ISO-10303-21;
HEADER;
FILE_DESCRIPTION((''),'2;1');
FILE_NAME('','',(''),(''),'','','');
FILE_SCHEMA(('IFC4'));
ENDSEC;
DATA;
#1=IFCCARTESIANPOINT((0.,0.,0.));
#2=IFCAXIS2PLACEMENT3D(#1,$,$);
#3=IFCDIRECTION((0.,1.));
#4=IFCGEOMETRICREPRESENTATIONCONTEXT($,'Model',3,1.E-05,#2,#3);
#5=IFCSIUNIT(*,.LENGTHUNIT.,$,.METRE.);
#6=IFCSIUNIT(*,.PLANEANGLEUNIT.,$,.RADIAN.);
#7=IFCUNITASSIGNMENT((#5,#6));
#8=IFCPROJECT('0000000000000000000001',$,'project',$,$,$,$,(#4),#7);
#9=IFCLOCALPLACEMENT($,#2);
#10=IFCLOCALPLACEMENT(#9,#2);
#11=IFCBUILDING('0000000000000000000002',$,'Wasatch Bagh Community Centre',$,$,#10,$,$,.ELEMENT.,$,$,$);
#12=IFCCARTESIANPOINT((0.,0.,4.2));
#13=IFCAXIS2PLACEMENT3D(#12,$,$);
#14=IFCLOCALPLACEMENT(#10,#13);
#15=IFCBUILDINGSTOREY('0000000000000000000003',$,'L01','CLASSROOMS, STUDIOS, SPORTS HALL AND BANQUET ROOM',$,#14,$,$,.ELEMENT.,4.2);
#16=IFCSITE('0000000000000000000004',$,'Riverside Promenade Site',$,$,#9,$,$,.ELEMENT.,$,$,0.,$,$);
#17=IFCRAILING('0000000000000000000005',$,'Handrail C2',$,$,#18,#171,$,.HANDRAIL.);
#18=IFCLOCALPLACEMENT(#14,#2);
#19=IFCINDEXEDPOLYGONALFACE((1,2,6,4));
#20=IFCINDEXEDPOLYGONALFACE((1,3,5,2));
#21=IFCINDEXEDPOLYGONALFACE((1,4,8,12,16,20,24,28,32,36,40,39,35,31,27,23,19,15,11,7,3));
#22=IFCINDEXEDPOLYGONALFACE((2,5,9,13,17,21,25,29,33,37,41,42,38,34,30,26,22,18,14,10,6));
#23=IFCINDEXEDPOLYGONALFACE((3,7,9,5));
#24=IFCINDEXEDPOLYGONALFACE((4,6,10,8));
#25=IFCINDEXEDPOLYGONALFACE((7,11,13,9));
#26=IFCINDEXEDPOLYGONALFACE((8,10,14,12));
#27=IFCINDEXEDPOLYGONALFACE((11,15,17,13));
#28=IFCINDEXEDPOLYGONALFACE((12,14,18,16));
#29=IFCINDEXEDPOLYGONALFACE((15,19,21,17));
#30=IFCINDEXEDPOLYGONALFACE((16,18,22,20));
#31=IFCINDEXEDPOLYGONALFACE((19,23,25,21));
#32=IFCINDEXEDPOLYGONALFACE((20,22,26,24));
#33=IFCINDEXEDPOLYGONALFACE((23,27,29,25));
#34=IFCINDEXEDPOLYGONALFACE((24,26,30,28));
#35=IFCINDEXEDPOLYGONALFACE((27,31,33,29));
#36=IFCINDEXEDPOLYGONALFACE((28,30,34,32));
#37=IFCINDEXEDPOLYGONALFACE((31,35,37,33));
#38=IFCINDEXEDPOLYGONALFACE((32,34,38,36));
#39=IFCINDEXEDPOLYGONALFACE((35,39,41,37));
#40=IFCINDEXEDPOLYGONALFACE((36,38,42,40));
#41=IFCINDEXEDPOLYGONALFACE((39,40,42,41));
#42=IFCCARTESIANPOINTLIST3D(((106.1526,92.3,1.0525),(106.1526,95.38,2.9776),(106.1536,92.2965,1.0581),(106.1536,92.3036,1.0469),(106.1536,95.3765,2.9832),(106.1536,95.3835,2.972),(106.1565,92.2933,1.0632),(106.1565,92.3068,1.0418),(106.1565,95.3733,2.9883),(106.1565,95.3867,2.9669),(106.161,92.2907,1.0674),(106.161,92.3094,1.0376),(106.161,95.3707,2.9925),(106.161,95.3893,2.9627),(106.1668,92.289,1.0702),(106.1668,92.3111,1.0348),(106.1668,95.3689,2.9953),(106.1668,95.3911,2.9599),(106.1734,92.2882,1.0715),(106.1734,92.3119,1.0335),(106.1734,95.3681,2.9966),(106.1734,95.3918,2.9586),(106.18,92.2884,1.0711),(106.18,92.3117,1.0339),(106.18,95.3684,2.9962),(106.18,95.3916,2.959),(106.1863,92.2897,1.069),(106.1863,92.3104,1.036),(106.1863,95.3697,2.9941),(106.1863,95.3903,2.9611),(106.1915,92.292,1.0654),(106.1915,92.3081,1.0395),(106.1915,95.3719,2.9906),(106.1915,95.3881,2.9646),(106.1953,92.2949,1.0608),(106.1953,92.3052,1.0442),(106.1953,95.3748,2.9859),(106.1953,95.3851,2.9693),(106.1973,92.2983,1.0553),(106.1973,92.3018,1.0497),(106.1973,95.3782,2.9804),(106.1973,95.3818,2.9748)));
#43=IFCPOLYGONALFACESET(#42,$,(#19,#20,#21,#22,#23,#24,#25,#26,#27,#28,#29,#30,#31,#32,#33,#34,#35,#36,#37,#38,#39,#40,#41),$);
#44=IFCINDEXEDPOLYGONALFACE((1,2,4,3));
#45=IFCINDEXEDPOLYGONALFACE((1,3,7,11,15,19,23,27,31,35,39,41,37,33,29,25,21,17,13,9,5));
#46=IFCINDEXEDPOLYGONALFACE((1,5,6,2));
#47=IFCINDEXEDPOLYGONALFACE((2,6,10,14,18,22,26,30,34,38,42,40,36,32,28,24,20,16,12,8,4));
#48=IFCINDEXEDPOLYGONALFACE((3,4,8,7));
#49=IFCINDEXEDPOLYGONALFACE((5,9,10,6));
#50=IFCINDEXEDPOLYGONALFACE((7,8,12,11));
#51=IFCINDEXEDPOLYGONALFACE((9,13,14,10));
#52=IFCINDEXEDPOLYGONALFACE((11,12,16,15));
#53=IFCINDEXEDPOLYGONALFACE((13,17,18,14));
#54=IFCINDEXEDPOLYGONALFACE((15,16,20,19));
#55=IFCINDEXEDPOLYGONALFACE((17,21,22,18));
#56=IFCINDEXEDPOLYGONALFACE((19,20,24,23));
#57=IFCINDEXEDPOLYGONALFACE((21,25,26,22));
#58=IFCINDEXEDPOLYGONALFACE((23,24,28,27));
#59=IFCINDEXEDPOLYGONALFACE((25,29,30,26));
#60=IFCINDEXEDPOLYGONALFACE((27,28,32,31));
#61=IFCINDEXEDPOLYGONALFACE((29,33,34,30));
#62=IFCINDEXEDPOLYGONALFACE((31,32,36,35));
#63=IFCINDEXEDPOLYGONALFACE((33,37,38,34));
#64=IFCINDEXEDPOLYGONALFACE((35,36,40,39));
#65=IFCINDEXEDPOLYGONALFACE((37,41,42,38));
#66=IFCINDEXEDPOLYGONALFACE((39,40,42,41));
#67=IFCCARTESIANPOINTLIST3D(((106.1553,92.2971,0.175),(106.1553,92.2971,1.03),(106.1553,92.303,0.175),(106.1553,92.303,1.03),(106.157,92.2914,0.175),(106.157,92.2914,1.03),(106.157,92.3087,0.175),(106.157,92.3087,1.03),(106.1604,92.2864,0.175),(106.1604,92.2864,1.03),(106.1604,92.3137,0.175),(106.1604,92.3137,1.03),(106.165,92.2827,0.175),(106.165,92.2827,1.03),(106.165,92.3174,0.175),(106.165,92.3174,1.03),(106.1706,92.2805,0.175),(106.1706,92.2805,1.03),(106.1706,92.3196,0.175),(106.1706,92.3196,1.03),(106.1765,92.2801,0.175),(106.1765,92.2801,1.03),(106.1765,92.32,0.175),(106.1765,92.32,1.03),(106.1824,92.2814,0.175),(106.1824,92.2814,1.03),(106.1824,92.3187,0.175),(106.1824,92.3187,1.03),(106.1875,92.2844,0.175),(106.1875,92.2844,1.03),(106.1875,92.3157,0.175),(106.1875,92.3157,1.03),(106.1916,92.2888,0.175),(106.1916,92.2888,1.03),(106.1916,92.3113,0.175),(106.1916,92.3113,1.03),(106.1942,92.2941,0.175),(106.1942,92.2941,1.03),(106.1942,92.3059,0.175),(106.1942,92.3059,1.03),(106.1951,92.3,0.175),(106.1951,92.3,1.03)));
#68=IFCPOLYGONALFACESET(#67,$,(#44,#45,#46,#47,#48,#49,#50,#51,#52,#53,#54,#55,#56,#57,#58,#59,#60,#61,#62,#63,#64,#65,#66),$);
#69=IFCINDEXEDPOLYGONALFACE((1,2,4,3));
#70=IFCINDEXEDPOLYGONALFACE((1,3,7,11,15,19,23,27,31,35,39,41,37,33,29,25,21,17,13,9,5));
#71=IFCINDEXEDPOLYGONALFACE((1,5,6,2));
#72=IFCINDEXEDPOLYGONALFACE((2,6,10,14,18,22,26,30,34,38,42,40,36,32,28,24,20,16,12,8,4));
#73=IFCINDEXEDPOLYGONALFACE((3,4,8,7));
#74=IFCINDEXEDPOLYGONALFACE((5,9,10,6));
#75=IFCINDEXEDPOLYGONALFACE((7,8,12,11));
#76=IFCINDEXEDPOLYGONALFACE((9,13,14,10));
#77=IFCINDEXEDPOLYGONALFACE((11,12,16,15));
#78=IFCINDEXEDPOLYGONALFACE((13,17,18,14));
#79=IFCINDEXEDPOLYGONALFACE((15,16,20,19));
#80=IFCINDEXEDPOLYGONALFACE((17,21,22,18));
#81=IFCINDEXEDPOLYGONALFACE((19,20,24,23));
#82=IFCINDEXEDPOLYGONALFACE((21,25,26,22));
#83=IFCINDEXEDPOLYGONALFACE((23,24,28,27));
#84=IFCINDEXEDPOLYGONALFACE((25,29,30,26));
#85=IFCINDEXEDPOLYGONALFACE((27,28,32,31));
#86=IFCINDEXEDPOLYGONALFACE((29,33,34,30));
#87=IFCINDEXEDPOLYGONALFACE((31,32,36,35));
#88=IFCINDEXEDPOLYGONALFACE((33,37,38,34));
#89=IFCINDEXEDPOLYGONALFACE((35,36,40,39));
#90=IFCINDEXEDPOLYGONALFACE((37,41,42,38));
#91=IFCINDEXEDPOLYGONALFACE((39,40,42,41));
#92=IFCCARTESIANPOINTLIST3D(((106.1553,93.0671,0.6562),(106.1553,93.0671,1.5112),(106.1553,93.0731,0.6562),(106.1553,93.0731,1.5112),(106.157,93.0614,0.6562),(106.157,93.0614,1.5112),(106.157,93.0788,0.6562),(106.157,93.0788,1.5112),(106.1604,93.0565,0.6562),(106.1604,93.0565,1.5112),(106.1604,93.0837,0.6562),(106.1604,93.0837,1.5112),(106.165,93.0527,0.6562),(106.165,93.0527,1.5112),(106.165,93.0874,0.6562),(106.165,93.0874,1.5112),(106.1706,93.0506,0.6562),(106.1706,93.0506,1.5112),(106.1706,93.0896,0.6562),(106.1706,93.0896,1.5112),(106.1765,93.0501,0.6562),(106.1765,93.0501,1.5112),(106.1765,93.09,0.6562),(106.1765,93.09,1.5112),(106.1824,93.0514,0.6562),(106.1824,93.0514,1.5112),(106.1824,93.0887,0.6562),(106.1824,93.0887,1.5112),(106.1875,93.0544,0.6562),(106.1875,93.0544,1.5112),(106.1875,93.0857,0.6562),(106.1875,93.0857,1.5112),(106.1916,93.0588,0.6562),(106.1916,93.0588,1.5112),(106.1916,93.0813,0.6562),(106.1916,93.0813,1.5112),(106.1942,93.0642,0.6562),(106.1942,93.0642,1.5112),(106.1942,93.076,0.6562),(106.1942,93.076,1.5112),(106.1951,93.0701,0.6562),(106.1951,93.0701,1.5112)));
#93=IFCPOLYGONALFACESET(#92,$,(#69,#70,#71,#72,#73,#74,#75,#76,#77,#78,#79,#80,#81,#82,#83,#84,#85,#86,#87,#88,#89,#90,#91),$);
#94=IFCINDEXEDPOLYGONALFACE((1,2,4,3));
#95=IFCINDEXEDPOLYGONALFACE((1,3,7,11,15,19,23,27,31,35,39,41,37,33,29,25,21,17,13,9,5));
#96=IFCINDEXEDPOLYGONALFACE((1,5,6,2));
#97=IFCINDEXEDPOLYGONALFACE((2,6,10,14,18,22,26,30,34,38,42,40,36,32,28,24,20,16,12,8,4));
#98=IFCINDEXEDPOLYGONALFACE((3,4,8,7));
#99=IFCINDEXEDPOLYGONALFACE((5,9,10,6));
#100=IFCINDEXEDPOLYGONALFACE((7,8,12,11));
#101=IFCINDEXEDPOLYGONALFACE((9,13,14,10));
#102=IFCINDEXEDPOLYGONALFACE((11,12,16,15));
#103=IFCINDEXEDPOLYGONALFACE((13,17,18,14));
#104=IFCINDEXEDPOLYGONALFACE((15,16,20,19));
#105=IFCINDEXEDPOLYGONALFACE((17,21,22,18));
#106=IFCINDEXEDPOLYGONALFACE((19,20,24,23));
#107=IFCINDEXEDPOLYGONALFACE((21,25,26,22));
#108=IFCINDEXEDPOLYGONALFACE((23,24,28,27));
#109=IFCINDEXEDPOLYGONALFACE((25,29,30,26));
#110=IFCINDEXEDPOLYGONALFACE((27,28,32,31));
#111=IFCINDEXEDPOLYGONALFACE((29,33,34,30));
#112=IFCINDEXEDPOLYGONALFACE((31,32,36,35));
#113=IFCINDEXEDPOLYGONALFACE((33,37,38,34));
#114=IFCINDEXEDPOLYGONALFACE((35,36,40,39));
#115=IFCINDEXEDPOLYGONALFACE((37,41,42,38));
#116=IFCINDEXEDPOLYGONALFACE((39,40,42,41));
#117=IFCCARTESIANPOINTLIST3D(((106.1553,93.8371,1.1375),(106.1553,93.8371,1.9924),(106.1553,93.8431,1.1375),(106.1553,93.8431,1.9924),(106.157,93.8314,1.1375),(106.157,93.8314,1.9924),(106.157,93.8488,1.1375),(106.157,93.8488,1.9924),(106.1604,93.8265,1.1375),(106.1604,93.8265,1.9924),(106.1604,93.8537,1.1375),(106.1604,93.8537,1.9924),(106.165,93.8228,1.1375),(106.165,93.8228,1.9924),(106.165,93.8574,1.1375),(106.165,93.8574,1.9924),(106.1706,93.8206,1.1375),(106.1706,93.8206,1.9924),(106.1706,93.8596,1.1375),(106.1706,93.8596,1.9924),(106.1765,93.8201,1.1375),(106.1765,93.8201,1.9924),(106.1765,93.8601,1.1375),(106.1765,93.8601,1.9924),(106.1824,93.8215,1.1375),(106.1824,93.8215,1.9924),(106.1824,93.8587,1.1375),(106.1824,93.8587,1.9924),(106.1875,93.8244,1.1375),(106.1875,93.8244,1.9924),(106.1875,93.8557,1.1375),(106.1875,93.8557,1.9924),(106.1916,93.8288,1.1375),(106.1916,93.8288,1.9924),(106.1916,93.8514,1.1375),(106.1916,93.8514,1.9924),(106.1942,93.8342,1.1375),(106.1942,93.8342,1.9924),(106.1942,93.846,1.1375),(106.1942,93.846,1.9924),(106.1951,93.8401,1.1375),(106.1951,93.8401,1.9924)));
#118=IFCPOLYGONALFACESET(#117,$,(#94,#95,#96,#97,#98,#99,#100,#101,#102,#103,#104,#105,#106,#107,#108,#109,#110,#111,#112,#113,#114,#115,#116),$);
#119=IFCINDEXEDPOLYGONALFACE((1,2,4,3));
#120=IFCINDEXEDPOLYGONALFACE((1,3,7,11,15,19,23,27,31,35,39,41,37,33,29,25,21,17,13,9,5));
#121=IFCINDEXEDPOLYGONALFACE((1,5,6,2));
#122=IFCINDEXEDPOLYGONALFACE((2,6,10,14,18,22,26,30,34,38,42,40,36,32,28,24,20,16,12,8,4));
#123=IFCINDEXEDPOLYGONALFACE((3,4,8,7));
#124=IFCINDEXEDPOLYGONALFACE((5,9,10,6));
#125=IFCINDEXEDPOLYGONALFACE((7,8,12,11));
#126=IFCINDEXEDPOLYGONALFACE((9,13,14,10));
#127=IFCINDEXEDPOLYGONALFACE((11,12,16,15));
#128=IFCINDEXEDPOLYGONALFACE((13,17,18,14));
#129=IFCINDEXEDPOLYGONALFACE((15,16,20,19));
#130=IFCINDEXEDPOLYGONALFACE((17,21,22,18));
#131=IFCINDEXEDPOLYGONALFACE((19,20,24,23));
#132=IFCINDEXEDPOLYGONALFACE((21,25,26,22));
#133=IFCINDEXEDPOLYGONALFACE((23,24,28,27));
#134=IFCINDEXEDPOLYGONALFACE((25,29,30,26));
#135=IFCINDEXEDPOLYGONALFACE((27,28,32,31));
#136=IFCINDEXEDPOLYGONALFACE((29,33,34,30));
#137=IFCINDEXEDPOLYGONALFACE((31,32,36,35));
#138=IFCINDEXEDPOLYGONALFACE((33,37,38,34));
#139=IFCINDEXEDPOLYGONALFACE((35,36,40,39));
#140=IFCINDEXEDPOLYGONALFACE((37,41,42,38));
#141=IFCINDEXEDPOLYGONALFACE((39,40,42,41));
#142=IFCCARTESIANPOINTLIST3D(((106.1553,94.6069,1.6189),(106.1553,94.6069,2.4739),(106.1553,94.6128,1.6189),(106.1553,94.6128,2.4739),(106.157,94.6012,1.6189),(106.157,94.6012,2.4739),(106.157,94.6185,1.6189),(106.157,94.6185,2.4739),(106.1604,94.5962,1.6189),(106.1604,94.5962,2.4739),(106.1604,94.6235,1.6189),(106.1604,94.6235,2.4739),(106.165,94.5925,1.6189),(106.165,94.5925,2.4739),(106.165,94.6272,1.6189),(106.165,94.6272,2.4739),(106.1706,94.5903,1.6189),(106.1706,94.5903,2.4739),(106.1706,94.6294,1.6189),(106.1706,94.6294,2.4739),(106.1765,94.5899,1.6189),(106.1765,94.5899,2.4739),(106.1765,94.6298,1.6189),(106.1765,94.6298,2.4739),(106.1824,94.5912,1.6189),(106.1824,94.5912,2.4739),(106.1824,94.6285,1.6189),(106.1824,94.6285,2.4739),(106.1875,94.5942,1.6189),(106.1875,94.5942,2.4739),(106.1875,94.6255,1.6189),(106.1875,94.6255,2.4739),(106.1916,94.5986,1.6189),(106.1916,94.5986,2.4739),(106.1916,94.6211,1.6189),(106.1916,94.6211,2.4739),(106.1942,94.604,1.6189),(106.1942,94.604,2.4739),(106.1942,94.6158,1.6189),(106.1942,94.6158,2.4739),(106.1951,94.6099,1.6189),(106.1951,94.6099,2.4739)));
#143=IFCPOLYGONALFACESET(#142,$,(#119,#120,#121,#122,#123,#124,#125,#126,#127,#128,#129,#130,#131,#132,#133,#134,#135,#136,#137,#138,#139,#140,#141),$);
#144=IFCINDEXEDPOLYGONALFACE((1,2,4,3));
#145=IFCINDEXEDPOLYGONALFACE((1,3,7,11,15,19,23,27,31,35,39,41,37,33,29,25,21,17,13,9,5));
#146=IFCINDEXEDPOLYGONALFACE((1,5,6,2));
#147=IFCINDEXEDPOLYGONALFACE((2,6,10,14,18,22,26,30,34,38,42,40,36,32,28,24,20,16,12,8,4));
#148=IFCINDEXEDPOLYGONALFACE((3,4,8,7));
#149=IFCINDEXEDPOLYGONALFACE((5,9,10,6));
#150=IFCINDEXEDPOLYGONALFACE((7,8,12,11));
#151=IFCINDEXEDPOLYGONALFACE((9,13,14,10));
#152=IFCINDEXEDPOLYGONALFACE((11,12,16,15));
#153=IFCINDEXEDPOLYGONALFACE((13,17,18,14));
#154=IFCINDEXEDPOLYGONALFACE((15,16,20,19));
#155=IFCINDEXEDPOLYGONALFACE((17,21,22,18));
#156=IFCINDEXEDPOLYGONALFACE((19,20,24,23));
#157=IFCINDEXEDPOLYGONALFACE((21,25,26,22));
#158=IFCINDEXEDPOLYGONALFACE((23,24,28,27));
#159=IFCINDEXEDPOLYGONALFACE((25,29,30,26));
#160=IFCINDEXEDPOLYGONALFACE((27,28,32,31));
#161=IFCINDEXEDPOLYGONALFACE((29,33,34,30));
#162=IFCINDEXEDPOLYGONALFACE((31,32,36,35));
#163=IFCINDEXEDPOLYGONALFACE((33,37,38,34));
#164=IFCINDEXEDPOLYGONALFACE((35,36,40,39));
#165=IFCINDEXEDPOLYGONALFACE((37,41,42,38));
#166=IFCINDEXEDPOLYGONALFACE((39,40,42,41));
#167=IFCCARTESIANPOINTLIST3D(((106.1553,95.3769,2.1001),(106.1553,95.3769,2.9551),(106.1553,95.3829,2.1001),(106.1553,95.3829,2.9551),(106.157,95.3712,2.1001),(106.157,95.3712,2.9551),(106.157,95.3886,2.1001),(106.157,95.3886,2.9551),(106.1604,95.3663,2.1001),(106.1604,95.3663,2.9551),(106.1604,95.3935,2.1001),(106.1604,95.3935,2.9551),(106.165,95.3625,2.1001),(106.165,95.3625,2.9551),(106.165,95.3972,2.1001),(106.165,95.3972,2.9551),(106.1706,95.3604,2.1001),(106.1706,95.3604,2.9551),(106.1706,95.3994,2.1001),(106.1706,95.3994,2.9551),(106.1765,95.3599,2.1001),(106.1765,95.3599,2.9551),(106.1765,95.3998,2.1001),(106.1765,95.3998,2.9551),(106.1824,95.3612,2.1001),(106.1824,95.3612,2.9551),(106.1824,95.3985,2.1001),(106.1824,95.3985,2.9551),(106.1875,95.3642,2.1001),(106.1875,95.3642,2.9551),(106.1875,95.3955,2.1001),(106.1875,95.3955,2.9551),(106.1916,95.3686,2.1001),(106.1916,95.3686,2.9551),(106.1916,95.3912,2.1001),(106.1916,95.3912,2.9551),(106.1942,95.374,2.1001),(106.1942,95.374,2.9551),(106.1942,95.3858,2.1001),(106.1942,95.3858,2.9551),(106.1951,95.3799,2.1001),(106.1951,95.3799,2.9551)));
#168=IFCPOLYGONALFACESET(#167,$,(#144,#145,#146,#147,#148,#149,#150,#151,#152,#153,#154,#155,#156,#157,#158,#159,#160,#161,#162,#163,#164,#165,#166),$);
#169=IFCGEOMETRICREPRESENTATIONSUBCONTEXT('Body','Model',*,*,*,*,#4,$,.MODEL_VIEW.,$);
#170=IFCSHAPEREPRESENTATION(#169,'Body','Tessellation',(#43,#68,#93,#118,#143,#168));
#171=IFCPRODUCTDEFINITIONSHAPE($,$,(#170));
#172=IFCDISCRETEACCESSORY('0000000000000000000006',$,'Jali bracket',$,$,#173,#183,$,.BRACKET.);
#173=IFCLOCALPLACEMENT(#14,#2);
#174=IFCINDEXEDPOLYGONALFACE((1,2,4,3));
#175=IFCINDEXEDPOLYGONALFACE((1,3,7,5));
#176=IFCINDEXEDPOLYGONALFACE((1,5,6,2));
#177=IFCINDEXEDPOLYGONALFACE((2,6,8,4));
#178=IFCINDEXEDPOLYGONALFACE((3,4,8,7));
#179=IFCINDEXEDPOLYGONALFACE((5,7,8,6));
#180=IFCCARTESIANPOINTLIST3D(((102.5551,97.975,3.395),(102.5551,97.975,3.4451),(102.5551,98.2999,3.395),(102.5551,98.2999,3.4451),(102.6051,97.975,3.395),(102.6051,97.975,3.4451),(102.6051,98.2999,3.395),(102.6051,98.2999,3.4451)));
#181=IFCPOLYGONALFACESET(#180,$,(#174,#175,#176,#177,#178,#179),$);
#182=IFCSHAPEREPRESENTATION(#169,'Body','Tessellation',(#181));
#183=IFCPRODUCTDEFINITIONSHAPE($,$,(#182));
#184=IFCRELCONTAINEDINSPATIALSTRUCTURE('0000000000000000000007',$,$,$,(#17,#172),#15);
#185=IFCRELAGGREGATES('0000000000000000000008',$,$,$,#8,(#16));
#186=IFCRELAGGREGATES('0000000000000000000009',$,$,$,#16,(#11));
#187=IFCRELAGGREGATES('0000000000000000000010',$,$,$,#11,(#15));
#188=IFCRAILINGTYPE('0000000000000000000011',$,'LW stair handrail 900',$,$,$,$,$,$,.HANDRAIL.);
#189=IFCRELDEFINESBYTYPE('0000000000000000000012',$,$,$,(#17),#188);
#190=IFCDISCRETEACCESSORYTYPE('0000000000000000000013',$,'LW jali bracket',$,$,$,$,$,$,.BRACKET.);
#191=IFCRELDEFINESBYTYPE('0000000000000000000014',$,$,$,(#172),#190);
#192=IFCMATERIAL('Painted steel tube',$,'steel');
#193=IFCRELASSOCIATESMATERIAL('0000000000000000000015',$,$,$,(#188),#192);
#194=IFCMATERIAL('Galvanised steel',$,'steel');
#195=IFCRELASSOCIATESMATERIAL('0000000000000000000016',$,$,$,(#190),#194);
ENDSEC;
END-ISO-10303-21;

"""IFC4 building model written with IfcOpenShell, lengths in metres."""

from ifc_helpers import new_model, si_unit, direction, frame, origin, origin_2d, place, context, subcontext, project, spatial, rectangle, circle, extrude, material, type_object, element, save


model = new_model("IFC4")

# Units and contexts
model_context = context("Model", 3, precision=1e-05, world=origin(), true_north=direction((0.0, 1.0)))
body_context = subcontext(model_context, "Body", "Model", "MODEL_VIEW")
ifc_project = project(units=[si_unit("LENGTHUNIT", "METRE"), si_unit("PLANEANGLEUNIT", "RADIAN")], contexts=[model_context])

# Site, building, storey
site_placement = place(None, origin())
site = spatial("IfcSite", under=ifc_project, at=site_placement, Name="Riverside Promenade Site", CompositionType="ELEMENT", RefElevation=0.0)
building_placement = place(site_placement, origin())
building = spatial("IfcBuilding", under=site, at=building_placement, Name="Wasatch Bagh Community Centre", CompositionType="ELEMENT")
storey_placement = place(building_placement, frame((0.0, 0.0, 4.2)))
storey = spatial("IfcBuildingStorey", under=building, at=storey_placement, Name="L01", Description="CLASSROOMS, STUDIOS, SPORTS HALL AND BANQUET ROOM", CompositionType="ELEMENT", Elevation=4.2)

# Railing
ifc_material_1 = material(Name="Painted steel tube", Category="steel")
railing_type_1 = type_object("IfcRailingType", Name="LW stair handrail 900", PredefinedType="HANDRAIL", material=ifc_material_1)
railing_1_placement = place(storey_placement, frame((106.175, 92.3, 0.175)))
element("IfcRailing", 1, at=railing_1_placement, inside=storey, type_object=railing_type_1, Name="Handrail C2", PredefinedType="HANDRAIL", context=body_context, shape_type="SweptSolid", body=[
    extrude(circle(Radius=0.0225, at=origin_2d()), frame((0.0, 0.0, 0.8774), z_axis=(0.0, 0.847979, 0.530029), x_axis=(-1.0, 0.0, 0.0)), (0.0, 0.0, 1.0), 3.6321),
    extrude(circle(Radius=0.02, at=origin_2d()), origin(), (0.0, 0.0, 1.0), 0.855),
    extrude(circle(Radius=0.02, at=origin_2d()), frame((0.0, 0.77, 0.4812)), (0.0, 0.0, 1.0), 0.855),
    extrude(circle(Radius=0.02, at=origin_2d()), frame((0.0, 1.54, 0.9624)), (0.0, 0.0, 1.0), 0.855),
    extrude(circle(Radius=0.02, at=origin_2d()), frame((0.0, 2.3098, 1.4438)), (0.0, 0.0, 1.0), 0.855),
    extrude(circle(Radius=0.02, at=origin_2d()), frame((0.0, 3.0798, 1.925)), (0.0, 0.0, 1.0), 0.855),
])

# Discrete accessory
ifc_material_2 = material(Name="Galvanised steel", Category="steel")
discrete_accessory_type = type_object("IfcDiscreteAccessoryType", Name="LW jali bracket", PredefinedType="BRACKET", material=ifc_material_2)
discrete_accessory_placement = place(storey_placement, frame((102.5801, 98.1375, 3.395), z_axis=(0.0, 0.0, 1.0), x_axis=(1.0, 0.0, 0.0)))
element("IfcDiscreteAccessory", 2, at=discrete_accessory_placement, inside=storey, type_object=discrete_accessory_type, Name="Jali bracket", PredefinedType="BRACKET", context=body_context, shape_type="SweptSolid", body=[
    extrude(rectangle(XDim=0.05, YDim=0.325, at=origin_2d()), origin(), (0.0, 0.0, 1.0), 0.05),
])

save(model, "model.ifc")
